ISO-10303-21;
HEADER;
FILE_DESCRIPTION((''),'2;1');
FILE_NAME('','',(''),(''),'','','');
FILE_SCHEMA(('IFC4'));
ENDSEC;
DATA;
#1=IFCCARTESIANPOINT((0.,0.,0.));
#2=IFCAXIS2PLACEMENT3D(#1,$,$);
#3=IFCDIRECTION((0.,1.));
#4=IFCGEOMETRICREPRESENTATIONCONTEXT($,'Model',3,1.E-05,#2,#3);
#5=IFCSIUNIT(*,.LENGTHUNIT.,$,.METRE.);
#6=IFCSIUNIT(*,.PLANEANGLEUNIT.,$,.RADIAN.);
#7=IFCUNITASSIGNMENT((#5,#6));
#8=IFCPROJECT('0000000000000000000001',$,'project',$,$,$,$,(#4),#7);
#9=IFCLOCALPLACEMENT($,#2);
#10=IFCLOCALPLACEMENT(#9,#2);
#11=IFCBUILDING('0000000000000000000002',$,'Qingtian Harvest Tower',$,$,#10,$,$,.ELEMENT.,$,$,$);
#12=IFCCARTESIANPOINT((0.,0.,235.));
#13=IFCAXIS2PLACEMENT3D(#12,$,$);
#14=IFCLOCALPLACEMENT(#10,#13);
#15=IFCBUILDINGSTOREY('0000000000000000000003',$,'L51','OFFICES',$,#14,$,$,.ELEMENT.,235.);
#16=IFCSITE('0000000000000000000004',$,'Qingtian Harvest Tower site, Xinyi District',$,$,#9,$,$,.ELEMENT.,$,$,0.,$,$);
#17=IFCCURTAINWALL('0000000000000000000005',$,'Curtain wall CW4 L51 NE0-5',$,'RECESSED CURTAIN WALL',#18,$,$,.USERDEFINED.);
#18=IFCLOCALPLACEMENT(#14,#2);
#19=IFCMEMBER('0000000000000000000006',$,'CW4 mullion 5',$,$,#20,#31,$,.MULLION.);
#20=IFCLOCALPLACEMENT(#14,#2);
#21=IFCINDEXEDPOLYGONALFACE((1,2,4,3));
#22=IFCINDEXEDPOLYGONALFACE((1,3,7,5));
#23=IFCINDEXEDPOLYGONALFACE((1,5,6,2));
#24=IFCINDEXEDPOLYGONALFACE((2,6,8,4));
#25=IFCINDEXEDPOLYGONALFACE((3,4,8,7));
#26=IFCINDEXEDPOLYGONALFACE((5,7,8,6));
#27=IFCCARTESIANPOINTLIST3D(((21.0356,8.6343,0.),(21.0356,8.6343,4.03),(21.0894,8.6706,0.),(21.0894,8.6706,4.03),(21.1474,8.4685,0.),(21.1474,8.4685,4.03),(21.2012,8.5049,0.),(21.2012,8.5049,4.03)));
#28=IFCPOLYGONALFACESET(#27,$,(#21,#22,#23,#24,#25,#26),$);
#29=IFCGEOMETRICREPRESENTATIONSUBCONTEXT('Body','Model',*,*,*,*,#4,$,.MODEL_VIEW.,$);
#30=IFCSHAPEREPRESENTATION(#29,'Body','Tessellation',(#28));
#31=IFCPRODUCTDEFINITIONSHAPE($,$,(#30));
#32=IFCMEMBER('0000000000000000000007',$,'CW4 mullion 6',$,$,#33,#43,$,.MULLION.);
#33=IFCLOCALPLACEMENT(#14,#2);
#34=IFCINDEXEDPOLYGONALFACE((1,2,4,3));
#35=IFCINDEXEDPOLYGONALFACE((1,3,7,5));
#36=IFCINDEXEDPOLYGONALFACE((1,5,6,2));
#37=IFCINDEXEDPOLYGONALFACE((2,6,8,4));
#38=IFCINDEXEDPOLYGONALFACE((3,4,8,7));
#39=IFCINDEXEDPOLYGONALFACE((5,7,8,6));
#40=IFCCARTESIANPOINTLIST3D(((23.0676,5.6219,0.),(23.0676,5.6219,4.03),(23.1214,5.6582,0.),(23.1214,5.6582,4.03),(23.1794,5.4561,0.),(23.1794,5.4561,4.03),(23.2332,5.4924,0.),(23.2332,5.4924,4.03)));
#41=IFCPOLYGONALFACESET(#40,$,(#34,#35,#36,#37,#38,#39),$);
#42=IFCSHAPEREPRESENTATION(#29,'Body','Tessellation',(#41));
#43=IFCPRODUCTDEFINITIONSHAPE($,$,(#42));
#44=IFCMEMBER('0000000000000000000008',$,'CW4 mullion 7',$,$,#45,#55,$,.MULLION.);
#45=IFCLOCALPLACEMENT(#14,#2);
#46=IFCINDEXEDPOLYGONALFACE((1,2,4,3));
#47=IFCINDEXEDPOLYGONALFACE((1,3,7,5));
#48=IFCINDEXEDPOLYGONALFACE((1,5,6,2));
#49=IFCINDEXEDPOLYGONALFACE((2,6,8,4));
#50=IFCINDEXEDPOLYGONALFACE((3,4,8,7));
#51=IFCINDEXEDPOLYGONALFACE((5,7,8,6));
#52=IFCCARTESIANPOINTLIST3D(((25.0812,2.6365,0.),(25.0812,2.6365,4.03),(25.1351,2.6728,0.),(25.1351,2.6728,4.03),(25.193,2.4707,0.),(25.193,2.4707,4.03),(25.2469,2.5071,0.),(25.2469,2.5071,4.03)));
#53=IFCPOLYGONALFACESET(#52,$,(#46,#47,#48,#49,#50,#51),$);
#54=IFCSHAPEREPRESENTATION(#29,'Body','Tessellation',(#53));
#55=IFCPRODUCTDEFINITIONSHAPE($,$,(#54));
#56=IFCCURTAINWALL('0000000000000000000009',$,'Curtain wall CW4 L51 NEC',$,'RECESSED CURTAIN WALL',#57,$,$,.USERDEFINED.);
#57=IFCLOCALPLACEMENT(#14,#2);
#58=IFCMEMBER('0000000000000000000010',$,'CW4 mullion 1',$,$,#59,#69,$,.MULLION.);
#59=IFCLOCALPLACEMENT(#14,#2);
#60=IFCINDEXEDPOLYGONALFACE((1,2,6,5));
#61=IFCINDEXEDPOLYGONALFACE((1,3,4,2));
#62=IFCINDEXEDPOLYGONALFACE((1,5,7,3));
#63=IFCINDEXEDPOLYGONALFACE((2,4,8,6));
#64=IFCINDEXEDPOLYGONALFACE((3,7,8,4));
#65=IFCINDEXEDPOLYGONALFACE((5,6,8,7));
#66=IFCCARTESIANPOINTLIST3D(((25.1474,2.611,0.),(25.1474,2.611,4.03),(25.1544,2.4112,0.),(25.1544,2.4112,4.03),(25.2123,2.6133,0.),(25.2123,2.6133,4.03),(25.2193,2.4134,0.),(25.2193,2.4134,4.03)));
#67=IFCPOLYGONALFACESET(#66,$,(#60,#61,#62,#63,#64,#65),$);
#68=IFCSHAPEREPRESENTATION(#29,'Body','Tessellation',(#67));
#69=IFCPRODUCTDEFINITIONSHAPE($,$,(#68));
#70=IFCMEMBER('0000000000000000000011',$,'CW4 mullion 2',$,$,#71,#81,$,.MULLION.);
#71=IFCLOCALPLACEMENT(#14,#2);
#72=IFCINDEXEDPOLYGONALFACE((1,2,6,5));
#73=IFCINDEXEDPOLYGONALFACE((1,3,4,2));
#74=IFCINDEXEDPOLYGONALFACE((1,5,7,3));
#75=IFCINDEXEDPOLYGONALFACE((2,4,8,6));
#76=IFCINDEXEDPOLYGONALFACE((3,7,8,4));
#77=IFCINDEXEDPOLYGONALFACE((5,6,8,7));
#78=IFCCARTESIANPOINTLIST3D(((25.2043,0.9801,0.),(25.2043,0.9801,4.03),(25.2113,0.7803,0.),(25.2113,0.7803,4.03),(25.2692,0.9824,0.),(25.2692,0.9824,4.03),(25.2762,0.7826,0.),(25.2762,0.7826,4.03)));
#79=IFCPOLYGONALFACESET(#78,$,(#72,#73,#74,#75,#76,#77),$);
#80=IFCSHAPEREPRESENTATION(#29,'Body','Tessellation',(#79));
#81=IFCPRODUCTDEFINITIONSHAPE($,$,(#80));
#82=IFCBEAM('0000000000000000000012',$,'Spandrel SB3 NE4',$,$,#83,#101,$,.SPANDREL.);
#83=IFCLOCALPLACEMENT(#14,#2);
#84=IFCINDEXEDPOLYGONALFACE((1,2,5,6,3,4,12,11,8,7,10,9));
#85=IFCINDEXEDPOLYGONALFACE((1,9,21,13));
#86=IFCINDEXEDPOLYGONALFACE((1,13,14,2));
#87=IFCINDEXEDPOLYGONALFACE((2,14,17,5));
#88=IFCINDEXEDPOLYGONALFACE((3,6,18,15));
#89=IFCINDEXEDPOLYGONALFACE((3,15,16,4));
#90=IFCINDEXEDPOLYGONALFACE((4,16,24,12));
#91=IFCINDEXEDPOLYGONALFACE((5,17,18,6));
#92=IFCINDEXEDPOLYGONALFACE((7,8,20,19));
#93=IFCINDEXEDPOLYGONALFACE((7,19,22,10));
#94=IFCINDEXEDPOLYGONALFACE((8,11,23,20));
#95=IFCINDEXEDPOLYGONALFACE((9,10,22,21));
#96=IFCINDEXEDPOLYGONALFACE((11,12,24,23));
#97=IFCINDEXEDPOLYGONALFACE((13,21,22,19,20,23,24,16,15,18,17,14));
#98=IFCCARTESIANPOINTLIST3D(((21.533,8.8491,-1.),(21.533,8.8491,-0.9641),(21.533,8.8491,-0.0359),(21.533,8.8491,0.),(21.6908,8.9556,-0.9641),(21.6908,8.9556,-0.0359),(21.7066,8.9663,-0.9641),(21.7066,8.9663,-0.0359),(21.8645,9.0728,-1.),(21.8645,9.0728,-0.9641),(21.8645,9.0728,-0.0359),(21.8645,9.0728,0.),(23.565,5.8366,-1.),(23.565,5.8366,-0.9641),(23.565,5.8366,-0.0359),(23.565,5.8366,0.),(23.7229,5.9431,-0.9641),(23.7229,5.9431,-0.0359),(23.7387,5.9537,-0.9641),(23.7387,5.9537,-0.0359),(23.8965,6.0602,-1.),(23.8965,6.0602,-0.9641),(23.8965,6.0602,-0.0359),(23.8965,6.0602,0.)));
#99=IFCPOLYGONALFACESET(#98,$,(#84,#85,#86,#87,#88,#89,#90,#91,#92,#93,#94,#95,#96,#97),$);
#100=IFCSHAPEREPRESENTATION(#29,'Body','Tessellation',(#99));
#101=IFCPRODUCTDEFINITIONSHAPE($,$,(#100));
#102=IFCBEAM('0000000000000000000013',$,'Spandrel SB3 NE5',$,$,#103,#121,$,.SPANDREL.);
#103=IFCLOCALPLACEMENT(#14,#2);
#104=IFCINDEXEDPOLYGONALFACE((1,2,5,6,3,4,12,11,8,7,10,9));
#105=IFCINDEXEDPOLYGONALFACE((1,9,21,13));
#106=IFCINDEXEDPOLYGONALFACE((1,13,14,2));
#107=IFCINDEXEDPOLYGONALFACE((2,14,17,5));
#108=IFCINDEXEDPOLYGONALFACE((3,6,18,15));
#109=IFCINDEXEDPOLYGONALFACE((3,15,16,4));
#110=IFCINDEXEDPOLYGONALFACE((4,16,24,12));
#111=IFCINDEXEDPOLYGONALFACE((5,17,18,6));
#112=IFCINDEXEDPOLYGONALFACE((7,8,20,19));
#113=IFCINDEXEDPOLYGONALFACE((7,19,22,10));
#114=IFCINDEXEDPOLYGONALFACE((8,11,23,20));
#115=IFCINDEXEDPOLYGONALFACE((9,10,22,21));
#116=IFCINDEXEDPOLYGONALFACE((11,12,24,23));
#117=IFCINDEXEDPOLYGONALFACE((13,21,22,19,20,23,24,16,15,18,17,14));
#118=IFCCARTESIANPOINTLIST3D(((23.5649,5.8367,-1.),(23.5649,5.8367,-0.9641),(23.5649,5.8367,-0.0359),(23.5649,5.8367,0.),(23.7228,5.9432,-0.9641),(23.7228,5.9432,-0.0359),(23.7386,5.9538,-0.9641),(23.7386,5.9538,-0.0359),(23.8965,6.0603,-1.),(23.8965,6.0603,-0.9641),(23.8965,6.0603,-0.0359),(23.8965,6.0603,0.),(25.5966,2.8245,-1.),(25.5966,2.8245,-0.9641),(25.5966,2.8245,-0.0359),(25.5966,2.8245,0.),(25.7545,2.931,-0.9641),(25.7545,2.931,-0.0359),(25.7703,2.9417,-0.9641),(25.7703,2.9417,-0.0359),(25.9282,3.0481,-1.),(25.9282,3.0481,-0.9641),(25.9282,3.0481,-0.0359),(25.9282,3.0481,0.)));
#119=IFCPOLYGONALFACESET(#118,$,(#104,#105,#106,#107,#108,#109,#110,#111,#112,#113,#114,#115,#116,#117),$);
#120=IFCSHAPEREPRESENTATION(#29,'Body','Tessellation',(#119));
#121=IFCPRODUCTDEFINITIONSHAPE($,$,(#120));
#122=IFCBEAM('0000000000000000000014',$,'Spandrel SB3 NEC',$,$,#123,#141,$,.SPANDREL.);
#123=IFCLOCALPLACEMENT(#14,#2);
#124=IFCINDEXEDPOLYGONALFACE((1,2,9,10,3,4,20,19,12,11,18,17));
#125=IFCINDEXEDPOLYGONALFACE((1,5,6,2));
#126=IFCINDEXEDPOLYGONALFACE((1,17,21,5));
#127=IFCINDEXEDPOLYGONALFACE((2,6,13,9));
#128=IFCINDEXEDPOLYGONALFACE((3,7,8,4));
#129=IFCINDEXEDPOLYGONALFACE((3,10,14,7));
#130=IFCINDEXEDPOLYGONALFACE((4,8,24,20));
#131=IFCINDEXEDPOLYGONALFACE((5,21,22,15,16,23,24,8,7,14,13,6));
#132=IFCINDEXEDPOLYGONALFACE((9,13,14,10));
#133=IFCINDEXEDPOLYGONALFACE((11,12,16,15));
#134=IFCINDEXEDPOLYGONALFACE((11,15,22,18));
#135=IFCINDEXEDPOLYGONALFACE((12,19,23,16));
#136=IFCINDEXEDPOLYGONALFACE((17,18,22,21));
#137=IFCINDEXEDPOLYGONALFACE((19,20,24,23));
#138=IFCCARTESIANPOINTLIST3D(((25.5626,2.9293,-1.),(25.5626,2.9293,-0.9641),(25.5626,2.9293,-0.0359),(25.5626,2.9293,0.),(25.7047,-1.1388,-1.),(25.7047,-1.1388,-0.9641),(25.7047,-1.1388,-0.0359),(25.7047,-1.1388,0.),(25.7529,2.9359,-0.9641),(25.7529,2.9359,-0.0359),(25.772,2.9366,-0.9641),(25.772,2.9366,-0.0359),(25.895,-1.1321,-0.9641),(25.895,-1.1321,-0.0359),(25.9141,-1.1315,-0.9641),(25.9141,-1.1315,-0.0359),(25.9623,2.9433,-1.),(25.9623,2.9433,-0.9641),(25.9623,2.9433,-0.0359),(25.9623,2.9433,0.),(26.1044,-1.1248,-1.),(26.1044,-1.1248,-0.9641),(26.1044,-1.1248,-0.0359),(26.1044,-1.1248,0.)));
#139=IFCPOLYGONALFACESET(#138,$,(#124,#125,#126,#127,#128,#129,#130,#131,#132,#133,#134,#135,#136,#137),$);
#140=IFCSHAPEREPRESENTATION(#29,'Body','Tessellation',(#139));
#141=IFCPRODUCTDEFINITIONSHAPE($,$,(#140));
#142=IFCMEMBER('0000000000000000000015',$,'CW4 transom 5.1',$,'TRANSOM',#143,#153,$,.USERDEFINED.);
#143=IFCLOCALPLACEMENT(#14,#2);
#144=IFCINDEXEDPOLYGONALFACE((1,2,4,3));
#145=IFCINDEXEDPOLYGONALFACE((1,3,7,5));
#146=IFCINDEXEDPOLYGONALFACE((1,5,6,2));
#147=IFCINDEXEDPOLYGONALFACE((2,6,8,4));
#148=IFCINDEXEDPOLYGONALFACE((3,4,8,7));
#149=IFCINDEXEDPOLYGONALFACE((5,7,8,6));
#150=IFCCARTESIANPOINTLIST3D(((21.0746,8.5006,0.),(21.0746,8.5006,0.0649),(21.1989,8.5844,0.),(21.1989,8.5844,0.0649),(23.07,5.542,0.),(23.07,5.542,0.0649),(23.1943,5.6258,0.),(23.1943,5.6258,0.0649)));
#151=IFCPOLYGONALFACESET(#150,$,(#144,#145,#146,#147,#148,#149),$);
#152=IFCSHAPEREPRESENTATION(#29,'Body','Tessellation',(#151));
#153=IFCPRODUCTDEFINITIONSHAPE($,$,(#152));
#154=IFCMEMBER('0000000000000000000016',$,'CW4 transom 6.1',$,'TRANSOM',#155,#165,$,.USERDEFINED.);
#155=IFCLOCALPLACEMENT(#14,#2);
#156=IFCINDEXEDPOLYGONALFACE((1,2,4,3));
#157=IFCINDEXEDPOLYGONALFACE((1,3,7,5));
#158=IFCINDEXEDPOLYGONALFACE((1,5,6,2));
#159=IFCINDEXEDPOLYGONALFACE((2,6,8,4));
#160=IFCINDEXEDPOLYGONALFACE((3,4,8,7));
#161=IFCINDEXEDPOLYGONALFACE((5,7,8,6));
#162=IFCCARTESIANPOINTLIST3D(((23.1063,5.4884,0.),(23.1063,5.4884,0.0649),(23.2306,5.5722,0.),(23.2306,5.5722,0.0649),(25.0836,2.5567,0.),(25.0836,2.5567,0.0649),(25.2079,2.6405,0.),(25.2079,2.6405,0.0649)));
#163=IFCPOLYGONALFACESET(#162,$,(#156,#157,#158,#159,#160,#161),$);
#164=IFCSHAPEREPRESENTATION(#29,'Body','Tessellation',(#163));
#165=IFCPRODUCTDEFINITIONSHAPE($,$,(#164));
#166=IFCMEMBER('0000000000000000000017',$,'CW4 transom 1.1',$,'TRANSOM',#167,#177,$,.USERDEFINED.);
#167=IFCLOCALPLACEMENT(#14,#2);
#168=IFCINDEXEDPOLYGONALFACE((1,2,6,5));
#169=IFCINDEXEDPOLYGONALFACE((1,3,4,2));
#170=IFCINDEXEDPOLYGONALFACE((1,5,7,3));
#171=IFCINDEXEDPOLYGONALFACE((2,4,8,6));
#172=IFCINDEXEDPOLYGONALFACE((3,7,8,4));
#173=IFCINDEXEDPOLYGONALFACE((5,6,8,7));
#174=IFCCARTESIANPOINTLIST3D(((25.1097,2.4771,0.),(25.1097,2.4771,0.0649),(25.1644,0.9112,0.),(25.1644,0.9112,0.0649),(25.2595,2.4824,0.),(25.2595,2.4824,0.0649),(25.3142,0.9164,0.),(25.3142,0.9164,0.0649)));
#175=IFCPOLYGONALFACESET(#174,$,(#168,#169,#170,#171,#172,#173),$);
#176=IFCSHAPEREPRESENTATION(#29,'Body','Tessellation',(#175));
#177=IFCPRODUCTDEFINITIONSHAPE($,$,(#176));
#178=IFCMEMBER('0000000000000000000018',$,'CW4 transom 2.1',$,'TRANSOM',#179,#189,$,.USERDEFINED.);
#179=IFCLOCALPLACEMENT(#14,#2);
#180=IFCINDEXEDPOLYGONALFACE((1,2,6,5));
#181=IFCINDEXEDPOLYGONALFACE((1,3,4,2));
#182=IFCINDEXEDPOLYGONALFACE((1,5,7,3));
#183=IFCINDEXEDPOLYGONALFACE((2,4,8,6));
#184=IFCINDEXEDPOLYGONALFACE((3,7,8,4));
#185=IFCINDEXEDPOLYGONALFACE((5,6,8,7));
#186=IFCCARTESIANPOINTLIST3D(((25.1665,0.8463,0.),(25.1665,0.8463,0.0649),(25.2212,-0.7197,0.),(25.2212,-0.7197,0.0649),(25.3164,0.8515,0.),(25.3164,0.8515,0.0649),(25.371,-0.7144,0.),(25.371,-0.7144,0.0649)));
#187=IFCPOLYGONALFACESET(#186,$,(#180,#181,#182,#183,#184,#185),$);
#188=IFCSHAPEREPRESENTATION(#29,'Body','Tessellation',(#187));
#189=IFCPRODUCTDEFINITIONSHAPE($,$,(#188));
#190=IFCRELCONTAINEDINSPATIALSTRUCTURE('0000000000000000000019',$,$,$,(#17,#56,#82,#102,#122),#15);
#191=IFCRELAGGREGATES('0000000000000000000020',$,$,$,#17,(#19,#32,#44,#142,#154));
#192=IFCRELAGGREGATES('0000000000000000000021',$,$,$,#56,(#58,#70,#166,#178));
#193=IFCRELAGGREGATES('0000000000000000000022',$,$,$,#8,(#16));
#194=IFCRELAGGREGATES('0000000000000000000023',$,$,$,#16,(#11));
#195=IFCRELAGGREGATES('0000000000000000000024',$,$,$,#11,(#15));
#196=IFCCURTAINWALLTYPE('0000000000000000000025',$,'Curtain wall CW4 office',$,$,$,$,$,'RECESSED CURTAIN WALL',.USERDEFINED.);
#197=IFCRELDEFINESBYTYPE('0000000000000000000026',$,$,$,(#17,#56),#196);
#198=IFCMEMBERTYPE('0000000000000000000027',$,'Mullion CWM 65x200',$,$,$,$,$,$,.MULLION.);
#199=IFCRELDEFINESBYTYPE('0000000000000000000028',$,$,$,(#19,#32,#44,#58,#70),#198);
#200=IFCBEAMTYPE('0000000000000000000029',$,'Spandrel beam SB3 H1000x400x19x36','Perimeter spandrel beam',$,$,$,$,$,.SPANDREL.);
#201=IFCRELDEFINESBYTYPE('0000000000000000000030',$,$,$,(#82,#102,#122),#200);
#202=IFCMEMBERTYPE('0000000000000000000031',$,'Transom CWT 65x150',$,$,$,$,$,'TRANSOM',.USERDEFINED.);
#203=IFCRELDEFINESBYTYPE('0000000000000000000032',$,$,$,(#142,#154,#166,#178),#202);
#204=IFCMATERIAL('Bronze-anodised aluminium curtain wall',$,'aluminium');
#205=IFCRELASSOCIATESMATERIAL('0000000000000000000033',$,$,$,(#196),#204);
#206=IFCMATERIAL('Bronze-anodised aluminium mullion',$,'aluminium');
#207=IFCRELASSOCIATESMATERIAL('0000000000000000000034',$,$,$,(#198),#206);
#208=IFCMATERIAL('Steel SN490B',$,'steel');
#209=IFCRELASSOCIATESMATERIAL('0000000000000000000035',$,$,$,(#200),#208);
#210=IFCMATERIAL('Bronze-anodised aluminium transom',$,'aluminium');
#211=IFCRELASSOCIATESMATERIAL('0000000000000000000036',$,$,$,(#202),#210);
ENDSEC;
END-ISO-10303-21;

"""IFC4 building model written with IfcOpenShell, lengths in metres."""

from ifc_helpers import new_model, si_unit, direction, frame, origin, origin_2d, place, context, subcontext, project, spatial, rectangle, i_section, extrude, material, material_profile, profile_set, type_object, element, aggregate, save


model = new_model("IFC4")

# Units and contexts
model_context = context("Model", 3, precision=1e-05, world=origin(), true_north=direction((0.0, 1.0)))
body_context = subcontext(model_context, "Body", "Model", "MODEL_VIEW")
ifc_project = project(units=[si_unit("LENGTHUNIT", "METRE"), si_unit("PLANEANGLEUNIT", "RADIAN")], contexts=[model_context])

# Site, building, storey
site_placement = place(None, origin())
site = spatial("IfcSite", under=ifc_project, at=site_placement, Name="Qingtian Harvest Tower site, Xinyi District", CompositionType="ELEMENT", RefElevation=0.0)
building_placement = place(site_placement, origin())
building = spatial("IfcBuilding", under=site, at=building_placement, Name="Qingtian Harvest Tower", CompositionType="ELEMENT")
storey_placement = place(building_placement, frame((0.0, 0.0, 235.0)))
storey = spatial("IfcBuildingStorey", under=building, at=storey_placement, Name="L51", Description="OFFICES", CompositionType="ELEMENT", Elevation=235.0)

# Curtain walls, members
ifc_material_1 = material(Name="Bronze-anodised aluminium curtain wall", Category="aluminium")
curtain_wall_type = type_object("IfcCurtainWallType", Name="Curtain wall CW4 office", ElementType="RECESSED CURTAIN WALL", PredefinedType="USERDEFINED", material=ifc_material_1)
curtain_wall_1_placement = place(storey_placement, origin())
curtain_wall_1 = element("IfcCurtainWall", 1, at=curtain_wall_1_placement, inside=storey, type_object=curtain_wall_type, Name="Curtain wall CW4 L51 NE0-5", ObjectType="RECESSED CURTAIN WALL", PredefinedType="USERDEFINED")
ifc_material_2 = material(Name="Bronze-anodised aluminium mullion", Category="aluminium")
ifc_material_profile_1 = material_profile(ifc_material_2, rectangle(XDim=0.0649, YDim=0.2, at=origin_2d()), Name="AL 65x200")
ifc_profile_set_1 = profile_set([ifc_material_profile_1], Name="Bronze-anodised aluminium mullion")
member_type_1 = type_object("IfcMemberType", Name="Mullion CWM 65x200", PredefinedType="MULLION", material=ifc_profile_set_1)
member_1_placement = place(storey_placement, frame((21.1184, 8.5696, 0.0), z_axis=(0.0, 0.0, 1.0), x_axis=(0.829038, 0.559193, 0.0)))
member_1 = element("IfcMember", 2, at=member_1_placement, type_object=member_type_1, Name="CW4 mullion 5", PredefinedType="MULLION", context=body_context, shape_type="SweptSolid", body=[
    extrude(rectangle(XDim=0.0649, YDim=0.2, at=origin_2d()), origin(), (0.0, 0.0, 1.0), 4.03),
])
member_2_placement = place(storey_placement, frame((23.1504, 5.5571, 0.0), z_axis=(0.0, 0.0, 1.0), x_axis=(0.829038, 0.559193, 0.0)))
member_2 = element("IfcMember", 3, at=member_2_placement, type_object=member_type_1, Name="CW4 mullion 6", PredefinedType="MULLION", context=body_context, shape_type="SweptSolid", body=[
    extrude(rectangle(XDim=0.0649, YDim=0.2, at=origin_2d()), origin(), (0.0, 0.0, 1.0), 4.03),
])
member_3_placement = place(storey_placement, frame((25.1641, 2.5718, 0.0), z_axis=(0.0, 0.0, 1.0), x_axis=(0.829038, 0.559193, 0.0)))
member_3 = element("IfcMember", 4, at=member_3_placement, type_object=member_type_1, Name="CW4 mullion 7", PredefinedType="MULLION", context=body_context, shape_type="SweptSolid", body=[
    extrude(rectangle(XDim=0.0649, YDim=0.2, at=origin_2d()), origin(), (0.0, 0.0, 1.0), 4.03),
])
curtain_wall_2_placement = place(storey_placement, origin())
curtain_wall_2 = element("IfcCurtainWall", 5, at=curtain_wall_2_placement, inside=storey, type_object=curtain_wall_type, Name="Curtain wall CW4 L51 NEC", ObjectType="RECESSED CURTAIN WALL", PredefinedType="USERDEFINED")
member_4_placement = place(storey_placement, frame((25.1833, 2.5122, 0.0), z_axis=(0.0, 0.0, 1.0), x_axis=(0.999391, 0.034899, 0.0)))
member_4 = element("IfcMember", 6, at=member_4_placement, type_object=member_type_1, Name="CW4 mullion 1", PredefinedType="MULLION", context=body_context, shape_type="SweptSolid", body=[
    extrude(rectangle(XDim=0.0649, YDim=0.2, at=origin_2d()), origin(), (0.0, 0.0, 1.0), 4.03),
])
member_5_placement = place(storey_placement, frame((25.2402, 0.8813, 0.0), z_axis=(0.0, 0.0, 1.0), x_axis=(0.999391, 0.034899, 0.0)))
member_5 = element("IfcMember", 7, at=member_5_placement, type_object=member_type_1, Name="CW4 mullion 2", PredefinedType="MULLION", context=body_context, shape_type="SweptSolid", body=[
    extrude(rectangle(XDim=0.0649, YDim=0.2, at=origin_2d()), origin(), (0.0, 0.0, 1.0), 4.03),
])

# Beams
ifc_material_3 = material(Name="Steel SN490B", Category="steel")
ifc_material_profile_2 = material_profile(ifc_material_3, i_section(OverallWidth=0.3999, OverallDepth=1.0, WebThickness=0.019, FlangeThickness=0.0359, at=origin_2d()), Name="H1000x400x19x36")
ifc_profile_set_2 = profile_set([ifc_material_profile_2], Name="Steel SN490B")
beam_type_1 = type_object("IfcBeamType", Name="Spandrel beam SB3 H1000x400x19x36", Description="Perimeter spandrel beam", PredefinedType="SPANDREL", material=ifc_profile_set_2)
beam_1_placement = place(storey_placement, frame((21.6987, 8.9609, -0.5), z_axis=(0.559204, -0.82903, 0.0), x_axis=(0.82903, 0.559204, 0.0)))
element("IfcBeam", 8, at=beam_1_placement, inside=storey, type_object=beam_type_1, Name="Spandrel SB3 NE4", PredefinedType="SPANDREL", context=body_context, shape_type="SweptSolid", body=[
    extrude(i_section(OverallWidth=0.3999, OverallDepth=1.0, WebThickness=0.019, FlangeThickness=0.0359, at=origin_2d()), origin(), (0.0, 0.0, 1.0), 3.6338),
])
beam_2_placement = place(storey_placement, frame((23.7307, 5.9485, -0.5), z_axis=(0.559189, -0.82904, 0.0), x_axis=(0.82904, 0.559189, 0.0)))
element("IfcBeam", 9, at=beam_2_placement, inside=storey, type_object=beam_type_1, Name="Spandrel SB3 NE5", PredefinedType="SPANDREL", context=body_context, shape_type="SweptSolid", body=[
    extrude(i_section(OverallWidth=0.3999, OverallDepth=1.0, WebThickness=0.019, FlangeThickness=0.0359, at=origin_2d()), origin(), (0.0, 0.0, 1.0), 3.6333),
])
beam_3_placement = place(storey_placement, frame((25.7625, 2.9363, -0.5), z_axis=(0.034906, -0.999391, 0.0), x_axis=(0.999391, 0.034906, 0.0)))
element("IfcBeam", 10, at=beam_3_placement, inside=storey, type_object=beam_type_1, Name="Spandrel SB3 NEC", PredefinedType="SPANDREL", context=body_context, shape_type="SweptSolid", body=[
    extrude(i_section(OverallWidth=0.3999, OverallDepth=1.0, WebThickness=0.019, FlangeThickness=0.0359, at=origin_2d()), origin(), (0.0, 0.0, 1.0), 4.0706),
])

# Members
ifc_material_4 = material(Name="Bronze-anodised aluminium transom", Category="aluminium")
ifc_material_profile_3 = material_profile(ifc_material_4, rectangle(XDim=0.1499, YDim=0.0649, at=origin_2d()), Name="AL 65x150")
ifc_profile_set_3 = profile_set([ifc_material_profile_3], Name="Bronze-anodised aluminium transom")
member_type_2 = type_object("IfcMemberType", Name="Transom CWT 65x150", ElementType="TRANSOM", PredefinedType="USERDEFINED", material=ifc_profile_set_3)
member_6_placement = place(storey_placement, frame((21.1367, 8.5425, 0.0325), z_axis=(0.55916, -0.82906, 0.0), x_axis=(0.82906, 0.55916, 0.0)))
member_6 = element("IfcMember", 11, at=member_6_placement, type_object=member_type_2, Name="CW4 transom 5.1", ObjectType="TRANSOM", PredefinedType="USERDEFINED", context=body_context, shape_type="SweptSolid", body=[
    extrude(rectangle(XDim=0.1499, YDim=0.0649, at=origin_2d()), origin(), (0.0, 0.0, 1.0), 3.5686),
])
member_7_placement = place(storey_placement, frame((23.1685, 5.5303, 0.0325), z_axis=(0.559169, -0.829054, 0.0), x_axis=(0.829054, 0.559169, 0.0)))
member_7 = element("IfcMember", 12, at=member_7_placement, type_object=member_type_2, Name="CW4 transom 6.1", ObjectType="TRANSOM", PredefinedType="USERDEFINED", context=body_context, shape_type="SweptSolid", body=[
    extrude(rectangle(XDim=0.1499, YDim=0.0649, at=origin_2d()), origin(), (0.0, 0.0, 1.0), 3.5361),
])
member_8_placement = place(storey_placement, frame((25.1846, 2.4797, 0.0325), z_axis=(0.034902, -0.999391, 0.0), x_axis=(0.999391, 0.034902, 0.0)))
member_8 = element("IfcMember", 13, at=member_8_placement, type_object=member_type_2, Name="CW4 transom 1.1", ObjectType="TRANSOM", PredefinedType="USERDEFINED", context=body_context, shape_type="SweptSolid", body=[
    extrude(rectangle(XDim=0.1499, YDim=0.0649, at=origin_2d()), origin(), (0.0, 0.0, 1.0), 1.5669),
])
member_9_placement = place(storey_placement, frame((25.2415, 0.8489, 0.0325), z_axis=(0.034902, -0.999391, 0.0), x_axis=(0.999391, 0.034902, 0.0)))
member_9 = element("IfcMember", 14, at=member_9_placement, type_object=member_type_2, Name="CW4 transom 2.1", ObjectType="TRANSOM", PredefinedType="USERDEFINED", context=body_context, shape_type="SweptSolid", body=[
    extrude(rectangle(XDim=0.1499, YDim=0.0649, at=origin_2d()), origin(), (0.0, 0.0, 1.0), 1.5669),
])

aggregate(curtain_wall_1, [member_1, member_2, member_3, member_6, member_7])
aggregate(curtain_wall_2, [member_4, member_5, member_8, member_9])

save(model, "model.ifc")
